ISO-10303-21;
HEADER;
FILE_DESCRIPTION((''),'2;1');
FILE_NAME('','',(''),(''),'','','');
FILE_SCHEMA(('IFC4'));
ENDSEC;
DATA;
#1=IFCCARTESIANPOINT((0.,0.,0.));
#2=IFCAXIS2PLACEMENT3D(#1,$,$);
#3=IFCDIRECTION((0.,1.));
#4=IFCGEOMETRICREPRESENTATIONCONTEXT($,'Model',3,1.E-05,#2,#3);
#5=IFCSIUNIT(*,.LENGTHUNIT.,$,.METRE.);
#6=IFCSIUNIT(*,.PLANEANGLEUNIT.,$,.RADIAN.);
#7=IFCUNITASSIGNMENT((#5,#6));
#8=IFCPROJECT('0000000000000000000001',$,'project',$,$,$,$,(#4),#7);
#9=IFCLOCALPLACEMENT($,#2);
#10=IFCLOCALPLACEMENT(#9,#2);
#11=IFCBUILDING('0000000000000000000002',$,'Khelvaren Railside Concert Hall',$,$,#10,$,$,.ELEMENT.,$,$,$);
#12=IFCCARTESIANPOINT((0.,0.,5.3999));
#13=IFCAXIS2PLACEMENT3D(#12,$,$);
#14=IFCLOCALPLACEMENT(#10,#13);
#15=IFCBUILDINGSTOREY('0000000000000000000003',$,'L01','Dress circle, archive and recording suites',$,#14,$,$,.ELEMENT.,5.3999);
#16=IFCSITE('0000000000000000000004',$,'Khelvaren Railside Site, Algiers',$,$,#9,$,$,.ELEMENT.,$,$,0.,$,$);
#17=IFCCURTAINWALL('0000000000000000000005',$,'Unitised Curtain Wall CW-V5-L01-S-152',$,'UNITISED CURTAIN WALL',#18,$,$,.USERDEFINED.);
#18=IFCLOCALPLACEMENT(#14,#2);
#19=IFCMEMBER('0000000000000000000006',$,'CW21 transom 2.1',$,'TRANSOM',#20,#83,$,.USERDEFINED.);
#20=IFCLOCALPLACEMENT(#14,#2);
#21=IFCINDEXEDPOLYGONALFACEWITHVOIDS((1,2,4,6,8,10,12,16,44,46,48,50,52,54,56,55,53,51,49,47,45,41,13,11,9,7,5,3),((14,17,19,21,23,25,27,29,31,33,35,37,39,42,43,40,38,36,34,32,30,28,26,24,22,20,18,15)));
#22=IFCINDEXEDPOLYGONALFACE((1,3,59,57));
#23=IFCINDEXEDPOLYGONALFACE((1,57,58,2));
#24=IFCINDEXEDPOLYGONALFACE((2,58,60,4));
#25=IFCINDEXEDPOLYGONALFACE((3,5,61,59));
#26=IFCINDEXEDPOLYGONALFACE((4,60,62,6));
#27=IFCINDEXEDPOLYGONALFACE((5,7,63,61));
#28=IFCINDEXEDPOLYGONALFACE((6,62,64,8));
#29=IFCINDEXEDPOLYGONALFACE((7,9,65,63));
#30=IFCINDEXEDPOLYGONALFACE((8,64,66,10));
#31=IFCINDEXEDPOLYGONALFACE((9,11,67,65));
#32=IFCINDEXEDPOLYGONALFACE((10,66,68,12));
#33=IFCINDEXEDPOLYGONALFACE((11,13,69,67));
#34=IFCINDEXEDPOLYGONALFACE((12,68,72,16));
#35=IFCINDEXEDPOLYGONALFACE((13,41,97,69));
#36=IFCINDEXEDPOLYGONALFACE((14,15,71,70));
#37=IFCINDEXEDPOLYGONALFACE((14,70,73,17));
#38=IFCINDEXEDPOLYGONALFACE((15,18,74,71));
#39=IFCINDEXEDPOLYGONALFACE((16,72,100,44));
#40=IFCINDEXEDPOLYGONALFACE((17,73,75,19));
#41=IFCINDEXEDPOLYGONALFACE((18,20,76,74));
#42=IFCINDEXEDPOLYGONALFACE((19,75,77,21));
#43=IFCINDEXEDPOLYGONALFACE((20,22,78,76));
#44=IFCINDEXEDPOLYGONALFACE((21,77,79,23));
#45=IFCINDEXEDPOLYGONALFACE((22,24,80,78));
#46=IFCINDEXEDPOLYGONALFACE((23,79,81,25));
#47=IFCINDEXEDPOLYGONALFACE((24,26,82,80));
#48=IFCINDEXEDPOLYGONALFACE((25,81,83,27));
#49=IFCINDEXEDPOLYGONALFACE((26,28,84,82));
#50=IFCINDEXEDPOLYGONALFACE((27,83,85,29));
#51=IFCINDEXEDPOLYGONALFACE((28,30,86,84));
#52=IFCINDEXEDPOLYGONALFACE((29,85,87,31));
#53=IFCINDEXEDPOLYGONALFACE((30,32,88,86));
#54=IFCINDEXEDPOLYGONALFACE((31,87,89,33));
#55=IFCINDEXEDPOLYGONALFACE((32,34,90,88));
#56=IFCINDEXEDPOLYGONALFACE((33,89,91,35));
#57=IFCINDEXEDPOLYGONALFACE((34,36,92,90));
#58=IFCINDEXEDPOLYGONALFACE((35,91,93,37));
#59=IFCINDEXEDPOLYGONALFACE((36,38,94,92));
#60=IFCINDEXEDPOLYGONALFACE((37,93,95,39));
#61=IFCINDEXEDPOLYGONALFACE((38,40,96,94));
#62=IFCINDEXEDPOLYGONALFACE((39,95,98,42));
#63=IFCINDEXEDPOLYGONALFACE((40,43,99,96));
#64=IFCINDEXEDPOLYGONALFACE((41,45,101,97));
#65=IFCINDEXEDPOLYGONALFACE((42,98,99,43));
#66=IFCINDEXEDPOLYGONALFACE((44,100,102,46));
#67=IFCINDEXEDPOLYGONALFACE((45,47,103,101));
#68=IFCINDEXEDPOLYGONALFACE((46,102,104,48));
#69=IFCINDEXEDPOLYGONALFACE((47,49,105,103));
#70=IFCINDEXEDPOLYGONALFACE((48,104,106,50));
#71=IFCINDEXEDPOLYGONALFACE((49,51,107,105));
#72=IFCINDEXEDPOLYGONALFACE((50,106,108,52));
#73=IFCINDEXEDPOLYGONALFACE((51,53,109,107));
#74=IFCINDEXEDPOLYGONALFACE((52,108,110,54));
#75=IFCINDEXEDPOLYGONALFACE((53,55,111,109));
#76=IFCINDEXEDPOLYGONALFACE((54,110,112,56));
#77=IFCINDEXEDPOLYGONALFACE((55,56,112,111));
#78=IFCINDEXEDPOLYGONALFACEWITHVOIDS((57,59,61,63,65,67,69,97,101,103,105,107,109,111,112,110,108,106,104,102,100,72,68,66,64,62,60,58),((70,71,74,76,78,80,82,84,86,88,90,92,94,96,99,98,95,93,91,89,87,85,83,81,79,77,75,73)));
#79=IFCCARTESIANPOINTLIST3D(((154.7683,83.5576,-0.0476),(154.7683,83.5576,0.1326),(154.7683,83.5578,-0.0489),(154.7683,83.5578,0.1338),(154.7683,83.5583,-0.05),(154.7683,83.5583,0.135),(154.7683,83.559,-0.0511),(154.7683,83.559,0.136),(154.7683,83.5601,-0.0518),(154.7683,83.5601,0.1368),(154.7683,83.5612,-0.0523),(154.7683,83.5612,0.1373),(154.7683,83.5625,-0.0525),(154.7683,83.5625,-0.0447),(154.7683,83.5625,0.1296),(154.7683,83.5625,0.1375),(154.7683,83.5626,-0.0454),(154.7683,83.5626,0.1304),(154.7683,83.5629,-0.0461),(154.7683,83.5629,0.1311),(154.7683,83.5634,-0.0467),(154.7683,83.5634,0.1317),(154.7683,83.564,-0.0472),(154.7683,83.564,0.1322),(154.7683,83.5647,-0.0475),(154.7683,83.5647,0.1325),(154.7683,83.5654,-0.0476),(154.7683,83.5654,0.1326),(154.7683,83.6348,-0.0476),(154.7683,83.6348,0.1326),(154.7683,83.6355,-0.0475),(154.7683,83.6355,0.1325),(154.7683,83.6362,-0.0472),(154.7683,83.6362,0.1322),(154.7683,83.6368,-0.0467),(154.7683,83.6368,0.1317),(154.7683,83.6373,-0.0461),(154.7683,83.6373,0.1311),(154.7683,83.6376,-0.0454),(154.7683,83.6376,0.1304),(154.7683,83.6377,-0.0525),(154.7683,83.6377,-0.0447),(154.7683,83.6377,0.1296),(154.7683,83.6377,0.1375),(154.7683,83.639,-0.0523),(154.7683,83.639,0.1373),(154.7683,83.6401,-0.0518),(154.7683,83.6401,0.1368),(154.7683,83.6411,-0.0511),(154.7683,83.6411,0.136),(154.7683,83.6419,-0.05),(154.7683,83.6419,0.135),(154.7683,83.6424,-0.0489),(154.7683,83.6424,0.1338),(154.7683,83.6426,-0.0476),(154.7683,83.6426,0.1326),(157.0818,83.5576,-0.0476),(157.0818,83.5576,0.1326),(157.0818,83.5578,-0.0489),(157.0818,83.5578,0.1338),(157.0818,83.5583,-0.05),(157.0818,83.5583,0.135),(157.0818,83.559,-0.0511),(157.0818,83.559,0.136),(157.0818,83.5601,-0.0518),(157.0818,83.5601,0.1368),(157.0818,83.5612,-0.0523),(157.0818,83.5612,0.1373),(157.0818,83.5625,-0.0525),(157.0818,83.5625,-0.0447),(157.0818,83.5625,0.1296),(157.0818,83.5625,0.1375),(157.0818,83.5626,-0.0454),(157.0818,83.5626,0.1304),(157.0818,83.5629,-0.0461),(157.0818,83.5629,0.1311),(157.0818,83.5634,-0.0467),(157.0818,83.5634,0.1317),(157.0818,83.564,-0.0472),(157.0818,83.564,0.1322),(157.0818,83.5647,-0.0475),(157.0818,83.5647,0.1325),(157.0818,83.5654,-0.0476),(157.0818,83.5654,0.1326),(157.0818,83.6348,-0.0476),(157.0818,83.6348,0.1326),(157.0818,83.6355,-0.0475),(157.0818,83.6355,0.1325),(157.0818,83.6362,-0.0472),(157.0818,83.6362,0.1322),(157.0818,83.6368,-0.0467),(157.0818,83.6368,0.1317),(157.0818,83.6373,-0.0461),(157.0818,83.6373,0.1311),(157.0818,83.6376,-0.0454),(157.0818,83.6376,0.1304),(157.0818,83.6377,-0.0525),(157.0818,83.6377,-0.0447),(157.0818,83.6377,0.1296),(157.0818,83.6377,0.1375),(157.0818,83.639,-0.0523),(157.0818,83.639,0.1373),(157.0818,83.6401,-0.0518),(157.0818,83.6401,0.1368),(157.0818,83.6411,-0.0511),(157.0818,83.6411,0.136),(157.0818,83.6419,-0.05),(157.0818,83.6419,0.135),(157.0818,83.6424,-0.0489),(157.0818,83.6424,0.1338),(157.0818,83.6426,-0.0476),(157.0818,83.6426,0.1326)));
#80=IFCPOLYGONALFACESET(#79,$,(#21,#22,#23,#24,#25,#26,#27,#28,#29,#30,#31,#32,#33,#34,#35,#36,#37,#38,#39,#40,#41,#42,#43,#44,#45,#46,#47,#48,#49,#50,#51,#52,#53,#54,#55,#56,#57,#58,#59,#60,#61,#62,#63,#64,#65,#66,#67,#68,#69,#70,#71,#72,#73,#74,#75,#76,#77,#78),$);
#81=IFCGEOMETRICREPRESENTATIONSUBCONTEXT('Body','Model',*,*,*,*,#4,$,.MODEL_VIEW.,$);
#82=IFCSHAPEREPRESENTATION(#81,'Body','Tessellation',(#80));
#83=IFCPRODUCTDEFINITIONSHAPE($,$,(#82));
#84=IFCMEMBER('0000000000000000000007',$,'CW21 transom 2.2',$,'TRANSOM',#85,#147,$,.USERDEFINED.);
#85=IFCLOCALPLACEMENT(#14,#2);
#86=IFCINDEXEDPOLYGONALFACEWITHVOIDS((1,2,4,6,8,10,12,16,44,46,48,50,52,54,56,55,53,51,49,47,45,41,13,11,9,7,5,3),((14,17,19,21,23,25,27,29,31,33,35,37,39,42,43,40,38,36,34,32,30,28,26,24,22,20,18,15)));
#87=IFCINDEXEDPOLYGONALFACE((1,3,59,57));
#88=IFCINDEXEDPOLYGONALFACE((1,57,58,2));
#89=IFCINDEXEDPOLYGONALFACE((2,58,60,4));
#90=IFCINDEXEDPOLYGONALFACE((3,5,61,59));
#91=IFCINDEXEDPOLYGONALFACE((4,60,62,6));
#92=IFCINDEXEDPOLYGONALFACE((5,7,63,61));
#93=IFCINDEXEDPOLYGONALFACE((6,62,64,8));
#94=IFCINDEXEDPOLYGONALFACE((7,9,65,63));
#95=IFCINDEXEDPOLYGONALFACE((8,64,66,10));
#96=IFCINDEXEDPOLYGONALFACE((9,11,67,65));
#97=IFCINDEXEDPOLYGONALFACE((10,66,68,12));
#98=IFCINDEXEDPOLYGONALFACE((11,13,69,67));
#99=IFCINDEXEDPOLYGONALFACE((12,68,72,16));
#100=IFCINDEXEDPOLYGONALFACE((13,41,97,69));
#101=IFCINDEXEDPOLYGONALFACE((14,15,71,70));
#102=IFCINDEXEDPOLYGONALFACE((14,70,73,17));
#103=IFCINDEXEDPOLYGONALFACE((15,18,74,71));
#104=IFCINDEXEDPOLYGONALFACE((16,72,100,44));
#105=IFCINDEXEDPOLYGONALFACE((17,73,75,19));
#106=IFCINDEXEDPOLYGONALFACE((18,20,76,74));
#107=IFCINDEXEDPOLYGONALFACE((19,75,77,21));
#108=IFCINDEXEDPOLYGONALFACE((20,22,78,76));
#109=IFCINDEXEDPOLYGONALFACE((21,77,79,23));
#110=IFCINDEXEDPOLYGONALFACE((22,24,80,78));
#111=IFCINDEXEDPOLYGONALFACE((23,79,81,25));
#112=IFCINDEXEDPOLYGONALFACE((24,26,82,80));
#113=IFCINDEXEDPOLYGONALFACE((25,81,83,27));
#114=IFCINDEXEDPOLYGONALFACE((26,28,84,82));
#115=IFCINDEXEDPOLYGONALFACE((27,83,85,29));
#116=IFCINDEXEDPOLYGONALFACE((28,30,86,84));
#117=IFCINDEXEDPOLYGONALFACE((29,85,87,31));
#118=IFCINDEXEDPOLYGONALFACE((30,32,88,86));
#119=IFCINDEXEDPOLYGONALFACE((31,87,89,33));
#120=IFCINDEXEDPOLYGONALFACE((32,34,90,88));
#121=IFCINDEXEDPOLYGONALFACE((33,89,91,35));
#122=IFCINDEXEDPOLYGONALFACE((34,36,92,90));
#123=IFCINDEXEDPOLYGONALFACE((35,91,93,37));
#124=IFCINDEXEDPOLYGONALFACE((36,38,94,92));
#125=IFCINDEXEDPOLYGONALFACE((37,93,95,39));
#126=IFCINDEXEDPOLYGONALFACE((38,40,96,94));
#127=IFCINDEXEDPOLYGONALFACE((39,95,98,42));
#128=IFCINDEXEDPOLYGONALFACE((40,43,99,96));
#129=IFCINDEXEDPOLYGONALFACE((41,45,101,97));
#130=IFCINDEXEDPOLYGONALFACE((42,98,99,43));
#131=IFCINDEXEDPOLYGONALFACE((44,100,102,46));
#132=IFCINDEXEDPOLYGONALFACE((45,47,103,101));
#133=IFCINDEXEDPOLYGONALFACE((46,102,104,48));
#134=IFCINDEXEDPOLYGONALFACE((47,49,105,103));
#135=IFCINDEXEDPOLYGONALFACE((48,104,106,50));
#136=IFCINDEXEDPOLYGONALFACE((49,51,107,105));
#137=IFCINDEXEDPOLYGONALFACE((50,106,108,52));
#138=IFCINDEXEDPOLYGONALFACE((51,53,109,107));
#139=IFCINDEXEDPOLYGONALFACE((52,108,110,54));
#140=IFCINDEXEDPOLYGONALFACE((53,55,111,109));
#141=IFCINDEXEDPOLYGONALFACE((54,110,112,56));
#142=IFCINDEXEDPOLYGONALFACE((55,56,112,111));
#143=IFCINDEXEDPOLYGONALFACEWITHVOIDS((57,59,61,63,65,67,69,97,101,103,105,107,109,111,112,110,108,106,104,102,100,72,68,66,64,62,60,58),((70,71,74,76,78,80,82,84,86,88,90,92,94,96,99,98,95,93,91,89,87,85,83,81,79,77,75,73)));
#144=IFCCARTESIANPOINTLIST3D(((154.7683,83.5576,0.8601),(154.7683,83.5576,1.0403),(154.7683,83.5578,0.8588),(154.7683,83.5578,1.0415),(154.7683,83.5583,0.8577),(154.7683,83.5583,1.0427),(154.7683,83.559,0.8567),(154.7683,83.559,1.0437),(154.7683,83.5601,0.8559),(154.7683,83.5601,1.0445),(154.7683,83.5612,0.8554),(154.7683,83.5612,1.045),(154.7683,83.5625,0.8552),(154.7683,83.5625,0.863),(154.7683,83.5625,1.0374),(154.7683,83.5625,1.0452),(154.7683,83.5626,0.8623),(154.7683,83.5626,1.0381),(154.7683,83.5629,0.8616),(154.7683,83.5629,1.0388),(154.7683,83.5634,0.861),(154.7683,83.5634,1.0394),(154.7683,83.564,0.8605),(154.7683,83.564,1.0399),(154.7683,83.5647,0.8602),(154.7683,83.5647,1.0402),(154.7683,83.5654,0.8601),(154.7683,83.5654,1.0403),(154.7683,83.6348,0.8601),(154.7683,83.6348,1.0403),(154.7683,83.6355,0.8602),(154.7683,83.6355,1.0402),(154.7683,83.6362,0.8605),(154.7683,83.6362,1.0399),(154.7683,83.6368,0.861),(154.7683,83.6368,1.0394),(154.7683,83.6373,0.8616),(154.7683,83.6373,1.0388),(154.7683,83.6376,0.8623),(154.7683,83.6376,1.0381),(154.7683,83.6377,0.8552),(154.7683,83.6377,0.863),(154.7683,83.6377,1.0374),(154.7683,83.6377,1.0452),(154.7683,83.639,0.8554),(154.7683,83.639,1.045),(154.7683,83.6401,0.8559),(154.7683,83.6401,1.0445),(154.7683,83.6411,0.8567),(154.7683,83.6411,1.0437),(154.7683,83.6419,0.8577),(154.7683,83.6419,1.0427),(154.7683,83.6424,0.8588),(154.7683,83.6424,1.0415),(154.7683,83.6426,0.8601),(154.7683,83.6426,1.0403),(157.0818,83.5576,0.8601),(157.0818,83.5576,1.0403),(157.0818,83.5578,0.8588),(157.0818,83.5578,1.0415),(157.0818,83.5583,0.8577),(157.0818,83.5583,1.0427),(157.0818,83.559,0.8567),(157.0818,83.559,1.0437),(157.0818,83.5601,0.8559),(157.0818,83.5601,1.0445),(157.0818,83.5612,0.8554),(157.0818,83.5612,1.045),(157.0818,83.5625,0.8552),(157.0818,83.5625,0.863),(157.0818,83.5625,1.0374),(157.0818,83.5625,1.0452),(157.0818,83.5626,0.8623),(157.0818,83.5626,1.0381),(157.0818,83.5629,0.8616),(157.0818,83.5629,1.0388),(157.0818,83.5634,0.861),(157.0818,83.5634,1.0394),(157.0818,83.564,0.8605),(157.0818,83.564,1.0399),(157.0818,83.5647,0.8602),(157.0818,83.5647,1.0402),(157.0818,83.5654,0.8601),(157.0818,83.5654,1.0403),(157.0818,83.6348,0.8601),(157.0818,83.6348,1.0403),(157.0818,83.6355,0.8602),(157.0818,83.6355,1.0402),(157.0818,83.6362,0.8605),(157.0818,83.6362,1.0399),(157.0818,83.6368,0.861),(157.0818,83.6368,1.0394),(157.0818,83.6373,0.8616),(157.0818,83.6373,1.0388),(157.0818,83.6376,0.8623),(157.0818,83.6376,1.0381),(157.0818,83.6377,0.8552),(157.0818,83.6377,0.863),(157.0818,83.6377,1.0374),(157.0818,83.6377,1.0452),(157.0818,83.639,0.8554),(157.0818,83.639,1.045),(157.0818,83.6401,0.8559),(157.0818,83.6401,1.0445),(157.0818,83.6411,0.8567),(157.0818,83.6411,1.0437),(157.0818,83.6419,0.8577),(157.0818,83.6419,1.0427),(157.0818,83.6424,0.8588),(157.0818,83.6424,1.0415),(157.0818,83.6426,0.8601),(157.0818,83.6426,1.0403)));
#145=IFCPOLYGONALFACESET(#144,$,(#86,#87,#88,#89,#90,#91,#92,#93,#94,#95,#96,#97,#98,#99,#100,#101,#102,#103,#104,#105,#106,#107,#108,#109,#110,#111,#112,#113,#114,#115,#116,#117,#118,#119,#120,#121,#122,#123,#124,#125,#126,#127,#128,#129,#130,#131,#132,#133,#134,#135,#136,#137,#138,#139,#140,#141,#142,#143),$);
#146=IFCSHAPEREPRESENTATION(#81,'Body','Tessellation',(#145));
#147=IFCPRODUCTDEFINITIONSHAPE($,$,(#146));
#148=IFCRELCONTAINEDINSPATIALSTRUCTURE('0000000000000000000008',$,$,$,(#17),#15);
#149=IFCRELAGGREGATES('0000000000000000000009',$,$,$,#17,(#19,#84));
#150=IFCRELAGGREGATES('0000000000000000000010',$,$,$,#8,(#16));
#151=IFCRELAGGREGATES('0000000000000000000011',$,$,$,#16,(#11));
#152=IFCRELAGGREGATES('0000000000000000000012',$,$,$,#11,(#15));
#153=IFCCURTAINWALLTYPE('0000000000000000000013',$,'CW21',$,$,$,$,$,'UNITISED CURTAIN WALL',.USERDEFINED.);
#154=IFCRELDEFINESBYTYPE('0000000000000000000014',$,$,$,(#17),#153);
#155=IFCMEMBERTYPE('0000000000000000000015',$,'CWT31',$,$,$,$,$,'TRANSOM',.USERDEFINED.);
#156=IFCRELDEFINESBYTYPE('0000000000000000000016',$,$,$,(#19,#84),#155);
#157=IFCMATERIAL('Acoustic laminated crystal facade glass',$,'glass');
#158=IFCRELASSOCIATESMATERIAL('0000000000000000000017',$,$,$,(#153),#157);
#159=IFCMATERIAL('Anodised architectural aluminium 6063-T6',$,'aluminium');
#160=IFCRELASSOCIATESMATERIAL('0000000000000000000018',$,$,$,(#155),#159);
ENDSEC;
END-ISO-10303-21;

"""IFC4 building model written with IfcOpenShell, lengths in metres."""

from ifc_helpers import new_model, si_unit, direction, frame, origin, origin_2d, place, context, subcontext, project, spatial, hollow_rectangle, extrude, material, material_profile, profile_set, type_object, element, aggregate, save


model = new_model("IFC4")

# Units and contexts
model_context = context("Model", 3, precision=1e-05, world=origin(), true_north=direction((0.0, 1.0)))
body_context = subcontext(model_context, "Body", "Model", "MODEL_VIEW")
ifc_project = project(units=[si_unit("LENGTHUNIT", "METRE"), si_unit("PLANEANGLEUNIT", "RADIAN")], contexts=[model_context])

# Site, building, storey
site_placement = place(None, origin())
site = spatial("IfcSite", under=ifc_project, at=site_placement, Name="Khelvaren Railside Site, Algiers", CompositionType="ELEMENT", RefElevation=0.0)
building_placement = place(site_placement, origin())
building = spatial("IfcBuilding", under=site, at=building_placement, Name="Khelvaren Railside Concert Hall", CompositionType="ELEMENT")
storey_placement = place(building_placement, frame((0.0, 0.0, 5.3999)))
storey = spatial("IfcBuildingStorey", under=building, at=storey_placement, Name="L01", Description="Dress circle, archive and recording suites", CompositionType="ELEMENT", Elevation=5.3999)

# Shared definitions
ifc_material_1 = material(Name="Acoustic laminated crystal facade glass", Category="glass")
ifc_material_2 = material(Name="Anodised architectural aluminium 6063-T6", Category="aluminium")

# Curtain wall
curtain_wall_type_1 = type_object("IfcCurtainWallType", Name="CW21", ElementType="UNITISED CURTAIN WALL", PredefinedType="USERDEFINED", material=ifc_material_1)
curtain_wall_1_placement = place(storey_placement, origin())
curtain_wall_1 = element("IfcCurtainWall", 1, at=curtain_wall_1_placement, inside=storey, type_object=curtain_wall_type_1, Name="Unitised Curtain Wall CW-V5-L01-S-152", ObjectType="UNITISED CURTAIN WALL", PredefinedType="USERDEFINED")

# Members
ifc_material_profile_1 = material_profile(ifc_material_2, hollow_rectangle(XDim=0.085, YDim=0.1899, WallThickness=0.0049, InnerFilletRadius=0.0029, OuterFilletRadius=0.0049, at=origin_2d()), Name="CWT 85x190x5")
ifc_profile_set_1 = profile_set([ifc_material_profile_1], Name="Anodised architectural aluminium 6063-T6")
member_type_1 = type_object("IfcMemberType", Name="CWT31", ElementType="TRANSOM", PredefinedType="USERDEFINED", material=ifc_profile_set_1)
member_1_placement = place(storey_placement, frame((157.0818, 83.6001, 0.0425), z_axis=(-1.0, 0.0, 0.0), x_axis=(0.0, -1.0, 0.0)))
member_1 = element("IfcMember", 2, at=member_1_placement, type_object=member_type_1, Name="CW21 transom 2.1", ObjectType="TRANSOM", PredefinedType="USERDEFINED", context=body_context, shape_type="SweptSolid", body=[
    extrude(hollow_rectangle(XDim=0.085, YDim=0.1899, WallThickness=0.0049, InnerFilletRadius=0.0029, OuterFilletRadius=0.0049, at=origin_2d()), origin(), (0.0, 0.0, 1.0), 2.3135),
])
member_2_placement = place(storey_placement, frame((157.0818, 83.6001, 0.9502), z_axis=(-1.0, 0.0, 0.0), x_axis=(0.0, -1.0, 0.0)))
member_2 = element("IfcMember", 3, at=member_2_placement, type_object=member_type_1, Name="CW21 transom 2.2", ObjectType="TRANSOM", PredefinedType="USERDEFINED", context=body_context, shape_type="SweptSolid", body=[
    extrude(hollow_rectangle(XDim=0.085, YDim=0.1899, WallThickness=0.0049, InnerFilletRadius=0.0029, OuterFilletRadius=0.0049, at=origin_2d()), origin(), (0.0, 0.0, 1.0), 2.3135),
])

aggregate(curtain_wall_1, [member_1, member_2])

save(model, "model.ifc")
